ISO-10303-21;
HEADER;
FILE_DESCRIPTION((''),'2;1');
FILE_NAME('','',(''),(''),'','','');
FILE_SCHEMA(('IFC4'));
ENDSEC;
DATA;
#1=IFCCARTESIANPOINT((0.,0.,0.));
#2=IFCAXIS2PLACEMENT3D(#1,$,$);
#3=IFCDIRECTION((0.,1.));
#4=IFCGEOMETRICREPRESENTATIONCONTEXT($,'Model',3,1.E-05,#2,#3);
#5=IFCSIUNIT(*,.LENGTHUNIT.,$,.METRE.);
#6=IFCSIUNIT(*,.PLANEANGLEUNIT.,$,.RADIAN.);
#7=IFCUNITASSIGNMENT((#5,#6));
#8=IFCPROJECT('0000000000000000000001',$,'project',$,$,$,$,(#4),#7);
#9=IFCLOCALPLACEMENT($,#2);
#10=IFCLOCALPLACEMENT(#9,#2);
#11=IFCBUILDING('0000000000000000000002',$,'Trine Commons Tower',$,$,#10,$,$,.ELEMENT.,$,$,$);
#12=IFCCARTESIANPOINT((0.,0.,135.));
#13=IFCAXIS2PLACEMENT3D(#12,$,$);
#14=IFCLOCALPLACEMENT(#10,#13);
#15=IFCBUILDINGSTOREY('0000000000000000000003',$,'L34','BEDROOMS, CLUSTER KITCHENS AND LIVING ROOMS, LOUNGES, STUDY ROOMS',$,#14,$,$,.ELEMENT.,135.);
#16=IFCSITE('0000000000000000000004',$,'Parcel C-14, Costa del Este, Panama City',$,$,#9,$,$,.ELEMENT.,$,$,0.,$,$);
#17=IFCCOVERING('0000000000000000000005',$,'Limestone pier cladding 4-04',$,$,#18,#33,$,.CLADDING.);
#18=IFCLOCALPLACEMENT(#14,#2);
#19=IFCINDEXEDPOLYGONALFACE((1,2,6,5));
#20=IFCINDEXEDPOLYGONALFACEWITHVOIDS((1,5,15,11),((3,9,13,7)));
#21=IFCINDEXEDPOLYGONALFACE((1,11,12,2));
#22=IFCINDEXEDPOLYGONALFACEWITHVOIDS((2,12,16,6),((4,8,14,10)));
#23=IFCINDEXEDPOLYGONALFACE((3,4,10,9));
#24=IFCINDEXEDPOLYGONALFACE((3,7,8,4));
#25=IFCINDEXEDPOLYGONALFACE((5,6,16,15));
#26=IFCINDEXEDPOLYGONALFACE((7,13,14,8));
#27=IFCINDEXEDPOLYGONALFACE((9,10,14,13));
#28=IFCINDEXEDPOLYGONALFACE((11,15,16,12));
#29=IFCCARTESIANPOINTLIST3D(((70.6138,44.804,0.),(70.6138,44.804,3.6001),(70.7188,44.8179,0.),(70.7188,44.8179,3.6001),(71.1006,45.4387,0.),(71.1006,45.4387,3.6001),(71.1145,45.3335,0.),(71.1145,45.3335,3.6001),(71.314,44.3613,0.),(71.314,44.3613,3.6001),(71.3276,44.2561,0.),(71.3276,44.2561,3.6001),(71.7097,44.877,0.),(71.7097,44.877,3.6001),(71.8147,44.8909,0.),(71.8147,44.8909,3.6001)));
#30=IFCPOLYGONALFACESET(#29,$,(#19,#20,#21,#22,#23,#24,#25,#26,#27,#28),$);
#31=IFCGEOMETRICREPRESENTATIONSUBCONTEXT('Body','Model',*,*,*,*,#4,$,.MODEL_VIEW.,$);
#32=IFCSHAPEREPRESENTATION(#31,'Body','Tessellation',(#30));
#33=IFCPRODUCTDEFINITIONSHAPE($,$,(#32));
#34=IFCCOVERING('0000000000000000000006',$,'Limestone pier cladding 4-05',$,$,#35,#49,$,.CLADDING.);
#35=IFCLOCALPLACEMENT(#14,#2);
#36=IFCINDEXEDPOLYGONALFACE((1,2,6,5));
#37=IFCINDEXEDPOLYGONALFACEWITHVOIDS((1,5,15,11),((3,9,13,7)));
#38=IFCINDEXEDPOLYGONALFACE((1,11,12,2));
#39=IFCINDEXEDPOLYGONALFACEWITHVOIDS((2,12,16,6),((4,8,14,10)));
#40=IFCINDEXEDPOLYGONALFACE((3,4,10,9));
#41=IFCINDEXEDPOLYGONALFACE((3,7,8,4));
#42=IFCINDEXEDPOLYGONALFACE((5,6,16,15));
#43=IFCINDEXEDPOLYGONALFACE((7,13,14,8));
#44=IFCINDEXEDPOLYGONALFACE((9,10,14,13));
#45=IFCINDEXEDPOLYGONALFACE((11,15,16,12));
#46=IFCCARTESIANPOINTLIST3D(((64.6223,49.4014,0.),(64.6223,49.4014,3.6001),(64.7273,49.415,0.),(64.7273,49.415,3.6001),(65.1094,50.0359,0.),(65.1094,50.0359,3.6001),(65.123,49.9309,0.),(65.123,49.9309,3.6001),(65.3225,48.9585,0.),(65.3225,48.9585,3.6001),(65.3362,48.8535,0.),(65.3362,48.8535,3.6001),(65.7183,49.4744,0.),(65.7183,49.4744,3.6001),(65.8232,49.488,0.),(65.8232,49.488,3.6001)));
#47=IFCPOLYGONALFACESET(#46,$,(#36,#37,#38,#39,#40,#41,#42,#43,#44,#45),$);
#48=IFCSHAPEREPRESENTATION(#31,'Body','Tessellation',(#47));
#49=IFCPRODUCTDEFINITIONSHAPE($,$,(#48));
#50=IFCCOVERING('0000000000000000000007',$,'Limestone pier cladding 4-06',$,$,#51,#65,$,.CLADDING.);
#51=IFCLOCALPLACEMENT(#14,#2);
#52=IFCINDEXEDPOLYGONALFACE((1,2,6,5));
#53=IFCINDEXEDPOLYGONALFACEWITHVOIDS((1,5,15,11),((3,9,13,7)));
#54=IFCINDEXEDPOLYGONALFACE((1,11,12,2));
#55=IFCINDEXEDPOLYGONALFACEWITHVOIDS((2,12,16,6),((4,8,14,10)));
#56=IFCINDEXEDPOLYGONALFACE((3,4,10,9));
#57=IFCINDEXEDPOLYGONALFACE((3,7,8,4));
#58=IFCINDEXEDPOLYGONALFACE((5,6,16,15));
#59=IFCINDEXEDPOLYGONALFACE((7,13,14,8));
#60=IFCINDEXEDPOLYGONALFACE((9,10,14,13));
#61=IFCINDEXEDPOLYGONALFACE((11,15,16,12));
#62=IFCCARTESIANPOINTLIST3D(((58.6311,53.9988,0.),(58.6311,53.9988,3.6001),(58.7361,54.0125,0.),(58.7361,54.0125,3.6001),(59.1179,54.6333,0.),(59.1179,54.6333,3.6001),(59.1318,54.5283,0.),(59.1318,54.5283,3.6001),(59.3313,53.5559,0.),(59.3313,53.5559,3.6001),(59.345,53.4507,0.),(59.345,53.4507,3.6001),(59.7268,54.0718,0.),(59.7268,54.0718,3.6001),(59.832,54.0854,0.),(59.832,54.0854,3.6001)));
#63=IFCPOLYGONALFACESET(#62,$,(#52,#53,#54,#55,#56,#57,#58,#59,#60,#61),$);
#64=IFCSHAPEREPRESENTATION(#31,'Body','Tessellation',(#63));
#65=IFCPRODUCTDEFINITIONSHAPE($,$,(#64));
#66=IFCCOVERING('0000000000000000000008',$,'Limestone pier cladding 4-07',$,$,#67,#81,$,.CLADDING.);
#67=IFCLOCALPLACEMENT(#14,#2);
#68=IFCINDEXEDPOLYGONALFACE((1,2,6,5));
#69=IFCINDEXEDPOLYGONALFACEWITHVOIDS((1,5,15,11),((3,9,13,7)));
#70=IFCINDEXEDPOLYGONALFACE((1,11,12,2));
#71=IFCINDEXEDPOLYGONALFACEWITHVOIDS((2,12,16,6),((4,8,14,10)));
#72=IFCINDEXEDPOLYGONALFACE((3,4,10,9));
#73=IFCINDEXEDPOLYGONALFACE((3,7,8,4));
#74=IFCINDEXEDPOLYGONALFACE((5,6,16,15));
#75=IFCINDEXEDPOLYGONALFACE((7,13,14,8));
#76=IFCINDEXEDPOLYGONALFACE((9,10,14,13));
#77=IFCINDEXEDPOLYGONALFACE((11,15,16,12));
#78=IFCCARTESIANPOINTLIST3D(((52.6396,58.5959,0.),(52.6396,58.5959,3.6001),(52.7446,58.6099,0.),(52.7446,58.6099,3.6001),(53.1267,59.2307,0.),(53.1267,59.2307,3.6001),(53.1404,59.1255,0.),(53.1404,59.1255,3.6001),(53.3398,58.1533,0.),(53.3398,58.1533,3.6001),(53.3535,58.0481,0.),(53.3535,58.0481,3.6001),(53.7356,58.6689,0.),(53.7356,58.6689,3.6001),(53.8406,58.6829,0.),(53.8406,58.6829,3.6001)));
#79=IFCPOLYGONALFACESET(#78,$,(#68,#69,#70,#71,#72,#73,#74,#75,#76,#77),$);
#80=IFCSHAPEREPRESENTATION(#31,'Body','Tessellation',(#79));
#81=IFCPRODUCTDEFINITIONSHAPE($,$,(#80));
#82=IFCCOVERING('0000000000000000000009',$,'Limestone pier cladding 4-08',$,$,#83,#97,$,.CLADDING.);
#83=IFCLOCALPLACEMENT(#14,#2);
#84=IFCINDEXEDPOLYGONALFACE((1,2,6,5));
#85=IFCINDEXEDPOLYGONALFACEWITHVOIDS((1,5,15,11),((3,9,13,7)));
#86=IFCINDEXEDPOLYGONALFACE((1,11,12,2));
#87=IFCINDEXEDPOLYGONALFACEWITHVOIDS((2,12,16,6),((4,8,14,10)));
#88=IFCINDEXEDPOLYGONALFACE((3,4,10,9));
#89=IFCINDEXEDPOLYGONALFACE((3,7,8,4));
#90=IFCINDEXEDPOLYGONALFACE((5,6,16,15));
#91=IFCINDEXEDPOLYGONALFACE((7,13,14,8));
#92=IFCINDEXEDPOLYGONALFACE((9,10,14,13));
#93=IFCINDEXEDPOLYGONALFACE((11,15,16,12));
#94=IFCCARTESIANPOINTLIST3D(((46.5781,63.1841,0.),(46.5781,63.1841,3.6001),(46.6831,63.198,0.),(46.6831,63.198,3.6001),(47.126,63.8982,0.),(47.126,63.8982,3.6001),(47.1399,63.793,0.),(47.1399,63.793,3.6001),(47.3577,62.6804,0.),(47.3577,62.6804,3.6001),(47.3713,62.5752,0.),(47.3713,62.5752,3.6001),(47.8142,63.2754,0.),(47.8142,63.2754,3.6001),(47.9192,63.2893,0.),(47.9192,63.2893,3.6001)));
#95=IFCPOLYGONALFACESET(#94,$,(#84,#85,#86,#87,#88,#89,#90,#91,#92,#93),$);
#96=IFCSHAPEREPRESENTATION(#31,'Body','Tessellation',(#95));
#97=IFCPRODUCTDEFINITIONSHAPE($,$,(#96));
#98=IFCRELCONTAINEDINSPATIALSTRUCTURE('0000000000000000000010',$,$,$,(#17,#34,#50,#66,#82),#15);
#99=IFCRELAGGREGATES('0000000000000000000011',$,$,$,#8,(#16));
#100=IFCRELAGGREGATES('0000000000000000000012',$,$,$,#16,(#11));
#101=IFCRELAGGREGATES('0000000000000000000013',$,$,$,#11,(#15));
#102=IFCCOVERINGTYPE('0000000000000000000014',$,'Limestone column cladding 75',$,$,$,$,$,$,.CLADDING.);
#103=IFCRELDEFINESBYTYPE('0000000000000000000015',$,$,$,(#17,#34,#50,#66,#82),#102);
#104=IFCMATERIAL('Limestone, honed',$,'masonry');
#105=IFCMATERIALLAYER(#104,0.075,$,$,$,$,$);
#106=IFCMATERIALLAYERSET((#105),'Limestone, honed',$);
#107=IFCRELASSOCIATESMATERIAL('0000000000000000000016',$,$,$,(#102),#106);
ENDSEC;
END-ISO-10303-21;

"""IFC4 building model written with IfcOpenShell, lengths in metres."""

from ifc_helpers import new_model, si_unit, direction, frame, origin, place, context, subcontext, project, spatial, polyline, outline, extrude, material, layer, layer_set, type_object, element, save


model = new_model("IFC4")

# Units and contexts
model_context = context("Model", 3, precision=1e-05, world=origin(), true_north=direction((0.0, 1.0)))
body_context = subcontext(model_context, "Body", "Model", "MODEL_VIEW")
ifc_project = project(units=[si_unit("LENGTHUNIT", "METRE"), si_unit("PLANEANGLEUNIT", "RADIAN")], contexts=[model_context])

# Site, building, storey
site_placement = place(None, origin())
site = spatial("IfcSite", under=ifc_project, at=site_placement, Name="Parcel C-14, Costa del Este, Panama City", CompositionType="ELEMENT", RefElevation=0.0)
building_placement = place(site_placement, origin())
building = spatial("IfcBuilding", under=site, at=building_placement, Name="Trine Commons Tower", CompositionType="ELEMENT")
storey_placement = place(building_placement, frame((0.0, 0.0, 135.0)))
storey = spatial("IfcBuildingStorey", under=building, at=storey_placement, Name="L34", Description="BEDROOMS, CLUSTER KITCHENS AND LIVING ROOMS, LOUNGES, STUDY ROOMS", CompositionType="ELEMENT", Elevation=135.0)

# Coverings
ifc_material_1 = material(Name="Limestone, honed", Category="masonry")
ifc_layer_1 = layer(ifc_material_1, 0.075)
ifc_layer_set_1 = layer_set([ifc_layer_1], Name="Limestone, honed")
covering_type_1 = type_object("IfcCoveringType", Name="Limestone column cladding 75", PredefinedType="CLADDING", material=ifc_layer_set_1)
covering_1_placement = place(storey_placement, origin())
element("IfcCovering", 1, at=covering_1_placement, inside=storey, type_object=covering_type_1, Name="Limestone pier cladding 4-04", PredefinedType="CLADDING", context=body_context, shape_type="SweptSolid", body=[
    extrude(outline(polyline([(71.1006, 45.4387), (70.6138, 44.804), (71.3276, 44.2561), (71.8147, 44.8909), (71.1006, 45.4387)]), holes=[polyline([(71.1145, 45.3335), (70.7188, 44.8179), (71.314, 44.3613), (71.7097, 44.877), (71.1145, 45.3335)])]), origin(), (0.0, 0.0, 1.0), 3.6001),
])
covering_2_placement = place(storey_placement, origin())
element("IfcCovering", 2, at=covering_2_placement, inside=storey, type_object=covering_type_1, Name="Limestone pier cladding 4-05", PredefinedType="CLADDING", context=body_context, shape_type="SweptSolid", body=[
    extrude(outline(polyline([(65.1094, 50.0359), (64.6223, 49.4014), (65.3362, 48.8535), (65.8232, 49.488), (65.1094, 50.0359)]), holes=[polyline([(65.123, 49.9309), (64.7273, 49.415), (65.3225, 48.9585), (65.7183, 49.4744), (65.123, 49.9309)])]), origin(), (0.0, 0.0, 1.0), 3.6001),
])
covering_3_placement = place(storey_placement, origin())
element("IfcCovering", 3, at=covering_3_placement, inside=storey, type_object=covering_type_1, Name="Limestone pier cladding 4-06", PredefinedType="CLADDING", context=body_context, shape_type="SweptSolid", body=[
    extrude(outline(polyline([(59.1179, 54.6333), (58.6311, 53.9988), (59.345, 53.4507), (59.832, 54.0854), (59.1179, 54.6333)]), holes=[polyline([(59.1318, 54.5283), (58.7361, 54.0125), (59.3313, 53.5559), (59.7268, 54.0718), (59.1318, 54.5283)])]), origin(), (0.0, 0.0, 1.0), 3.6001),
])
covering_4_placement = place(storey_placement, origin())
element("IfcCovering", 4, at=covering_4_placement, inside=storey, type_object=covering_type_1, Name="Limestone pier cladding 4-07", PredefinedType="CLADDING", context=body_context, shape_type="SweptSolid", body=[
    extrude(outline(polyline([(53.1267, 59.2307), (52.6396, 58.5959), (53.3535, 58.0481), (53.8406, 58.6829), (53.1267, 59.2307)]), holes=[polyline([(53.1404, 59.1255), (52.7446, 58.6099), (53.3398, 58.1533), (53.7356, 58.6689), (53.1404, 59.1255)])]), origin(), (0.0, 0.0, 1.0), 3.6001),
])
covering_5_placement = place(storey_placement, origin())
element("IfcCovering", 5, at=covering_5_placement, inside=storey, type_object=covering_type_1, Name="Limestone pier cladding 4-08", PredefinedType="CLADDING", context=body_context, shape_type="SweptSolid", body=[
    extrude(outline(polyline([(47.126, 63.8982), (46.5781, 63.1841), (47.3713, 62.5752), (47.9192, 63.2893), (47.126, 63.8982)]), holes=[polyline([(47.1399, 63.793), (46.6831, 63.198), (47.3577, 62.6804), (47.8142, 63.2754), (47.1399, 63.793)])]), origin(), (0.0, 0.0, 1.0), 3.6001),
])

save(model, "model.ifc")
